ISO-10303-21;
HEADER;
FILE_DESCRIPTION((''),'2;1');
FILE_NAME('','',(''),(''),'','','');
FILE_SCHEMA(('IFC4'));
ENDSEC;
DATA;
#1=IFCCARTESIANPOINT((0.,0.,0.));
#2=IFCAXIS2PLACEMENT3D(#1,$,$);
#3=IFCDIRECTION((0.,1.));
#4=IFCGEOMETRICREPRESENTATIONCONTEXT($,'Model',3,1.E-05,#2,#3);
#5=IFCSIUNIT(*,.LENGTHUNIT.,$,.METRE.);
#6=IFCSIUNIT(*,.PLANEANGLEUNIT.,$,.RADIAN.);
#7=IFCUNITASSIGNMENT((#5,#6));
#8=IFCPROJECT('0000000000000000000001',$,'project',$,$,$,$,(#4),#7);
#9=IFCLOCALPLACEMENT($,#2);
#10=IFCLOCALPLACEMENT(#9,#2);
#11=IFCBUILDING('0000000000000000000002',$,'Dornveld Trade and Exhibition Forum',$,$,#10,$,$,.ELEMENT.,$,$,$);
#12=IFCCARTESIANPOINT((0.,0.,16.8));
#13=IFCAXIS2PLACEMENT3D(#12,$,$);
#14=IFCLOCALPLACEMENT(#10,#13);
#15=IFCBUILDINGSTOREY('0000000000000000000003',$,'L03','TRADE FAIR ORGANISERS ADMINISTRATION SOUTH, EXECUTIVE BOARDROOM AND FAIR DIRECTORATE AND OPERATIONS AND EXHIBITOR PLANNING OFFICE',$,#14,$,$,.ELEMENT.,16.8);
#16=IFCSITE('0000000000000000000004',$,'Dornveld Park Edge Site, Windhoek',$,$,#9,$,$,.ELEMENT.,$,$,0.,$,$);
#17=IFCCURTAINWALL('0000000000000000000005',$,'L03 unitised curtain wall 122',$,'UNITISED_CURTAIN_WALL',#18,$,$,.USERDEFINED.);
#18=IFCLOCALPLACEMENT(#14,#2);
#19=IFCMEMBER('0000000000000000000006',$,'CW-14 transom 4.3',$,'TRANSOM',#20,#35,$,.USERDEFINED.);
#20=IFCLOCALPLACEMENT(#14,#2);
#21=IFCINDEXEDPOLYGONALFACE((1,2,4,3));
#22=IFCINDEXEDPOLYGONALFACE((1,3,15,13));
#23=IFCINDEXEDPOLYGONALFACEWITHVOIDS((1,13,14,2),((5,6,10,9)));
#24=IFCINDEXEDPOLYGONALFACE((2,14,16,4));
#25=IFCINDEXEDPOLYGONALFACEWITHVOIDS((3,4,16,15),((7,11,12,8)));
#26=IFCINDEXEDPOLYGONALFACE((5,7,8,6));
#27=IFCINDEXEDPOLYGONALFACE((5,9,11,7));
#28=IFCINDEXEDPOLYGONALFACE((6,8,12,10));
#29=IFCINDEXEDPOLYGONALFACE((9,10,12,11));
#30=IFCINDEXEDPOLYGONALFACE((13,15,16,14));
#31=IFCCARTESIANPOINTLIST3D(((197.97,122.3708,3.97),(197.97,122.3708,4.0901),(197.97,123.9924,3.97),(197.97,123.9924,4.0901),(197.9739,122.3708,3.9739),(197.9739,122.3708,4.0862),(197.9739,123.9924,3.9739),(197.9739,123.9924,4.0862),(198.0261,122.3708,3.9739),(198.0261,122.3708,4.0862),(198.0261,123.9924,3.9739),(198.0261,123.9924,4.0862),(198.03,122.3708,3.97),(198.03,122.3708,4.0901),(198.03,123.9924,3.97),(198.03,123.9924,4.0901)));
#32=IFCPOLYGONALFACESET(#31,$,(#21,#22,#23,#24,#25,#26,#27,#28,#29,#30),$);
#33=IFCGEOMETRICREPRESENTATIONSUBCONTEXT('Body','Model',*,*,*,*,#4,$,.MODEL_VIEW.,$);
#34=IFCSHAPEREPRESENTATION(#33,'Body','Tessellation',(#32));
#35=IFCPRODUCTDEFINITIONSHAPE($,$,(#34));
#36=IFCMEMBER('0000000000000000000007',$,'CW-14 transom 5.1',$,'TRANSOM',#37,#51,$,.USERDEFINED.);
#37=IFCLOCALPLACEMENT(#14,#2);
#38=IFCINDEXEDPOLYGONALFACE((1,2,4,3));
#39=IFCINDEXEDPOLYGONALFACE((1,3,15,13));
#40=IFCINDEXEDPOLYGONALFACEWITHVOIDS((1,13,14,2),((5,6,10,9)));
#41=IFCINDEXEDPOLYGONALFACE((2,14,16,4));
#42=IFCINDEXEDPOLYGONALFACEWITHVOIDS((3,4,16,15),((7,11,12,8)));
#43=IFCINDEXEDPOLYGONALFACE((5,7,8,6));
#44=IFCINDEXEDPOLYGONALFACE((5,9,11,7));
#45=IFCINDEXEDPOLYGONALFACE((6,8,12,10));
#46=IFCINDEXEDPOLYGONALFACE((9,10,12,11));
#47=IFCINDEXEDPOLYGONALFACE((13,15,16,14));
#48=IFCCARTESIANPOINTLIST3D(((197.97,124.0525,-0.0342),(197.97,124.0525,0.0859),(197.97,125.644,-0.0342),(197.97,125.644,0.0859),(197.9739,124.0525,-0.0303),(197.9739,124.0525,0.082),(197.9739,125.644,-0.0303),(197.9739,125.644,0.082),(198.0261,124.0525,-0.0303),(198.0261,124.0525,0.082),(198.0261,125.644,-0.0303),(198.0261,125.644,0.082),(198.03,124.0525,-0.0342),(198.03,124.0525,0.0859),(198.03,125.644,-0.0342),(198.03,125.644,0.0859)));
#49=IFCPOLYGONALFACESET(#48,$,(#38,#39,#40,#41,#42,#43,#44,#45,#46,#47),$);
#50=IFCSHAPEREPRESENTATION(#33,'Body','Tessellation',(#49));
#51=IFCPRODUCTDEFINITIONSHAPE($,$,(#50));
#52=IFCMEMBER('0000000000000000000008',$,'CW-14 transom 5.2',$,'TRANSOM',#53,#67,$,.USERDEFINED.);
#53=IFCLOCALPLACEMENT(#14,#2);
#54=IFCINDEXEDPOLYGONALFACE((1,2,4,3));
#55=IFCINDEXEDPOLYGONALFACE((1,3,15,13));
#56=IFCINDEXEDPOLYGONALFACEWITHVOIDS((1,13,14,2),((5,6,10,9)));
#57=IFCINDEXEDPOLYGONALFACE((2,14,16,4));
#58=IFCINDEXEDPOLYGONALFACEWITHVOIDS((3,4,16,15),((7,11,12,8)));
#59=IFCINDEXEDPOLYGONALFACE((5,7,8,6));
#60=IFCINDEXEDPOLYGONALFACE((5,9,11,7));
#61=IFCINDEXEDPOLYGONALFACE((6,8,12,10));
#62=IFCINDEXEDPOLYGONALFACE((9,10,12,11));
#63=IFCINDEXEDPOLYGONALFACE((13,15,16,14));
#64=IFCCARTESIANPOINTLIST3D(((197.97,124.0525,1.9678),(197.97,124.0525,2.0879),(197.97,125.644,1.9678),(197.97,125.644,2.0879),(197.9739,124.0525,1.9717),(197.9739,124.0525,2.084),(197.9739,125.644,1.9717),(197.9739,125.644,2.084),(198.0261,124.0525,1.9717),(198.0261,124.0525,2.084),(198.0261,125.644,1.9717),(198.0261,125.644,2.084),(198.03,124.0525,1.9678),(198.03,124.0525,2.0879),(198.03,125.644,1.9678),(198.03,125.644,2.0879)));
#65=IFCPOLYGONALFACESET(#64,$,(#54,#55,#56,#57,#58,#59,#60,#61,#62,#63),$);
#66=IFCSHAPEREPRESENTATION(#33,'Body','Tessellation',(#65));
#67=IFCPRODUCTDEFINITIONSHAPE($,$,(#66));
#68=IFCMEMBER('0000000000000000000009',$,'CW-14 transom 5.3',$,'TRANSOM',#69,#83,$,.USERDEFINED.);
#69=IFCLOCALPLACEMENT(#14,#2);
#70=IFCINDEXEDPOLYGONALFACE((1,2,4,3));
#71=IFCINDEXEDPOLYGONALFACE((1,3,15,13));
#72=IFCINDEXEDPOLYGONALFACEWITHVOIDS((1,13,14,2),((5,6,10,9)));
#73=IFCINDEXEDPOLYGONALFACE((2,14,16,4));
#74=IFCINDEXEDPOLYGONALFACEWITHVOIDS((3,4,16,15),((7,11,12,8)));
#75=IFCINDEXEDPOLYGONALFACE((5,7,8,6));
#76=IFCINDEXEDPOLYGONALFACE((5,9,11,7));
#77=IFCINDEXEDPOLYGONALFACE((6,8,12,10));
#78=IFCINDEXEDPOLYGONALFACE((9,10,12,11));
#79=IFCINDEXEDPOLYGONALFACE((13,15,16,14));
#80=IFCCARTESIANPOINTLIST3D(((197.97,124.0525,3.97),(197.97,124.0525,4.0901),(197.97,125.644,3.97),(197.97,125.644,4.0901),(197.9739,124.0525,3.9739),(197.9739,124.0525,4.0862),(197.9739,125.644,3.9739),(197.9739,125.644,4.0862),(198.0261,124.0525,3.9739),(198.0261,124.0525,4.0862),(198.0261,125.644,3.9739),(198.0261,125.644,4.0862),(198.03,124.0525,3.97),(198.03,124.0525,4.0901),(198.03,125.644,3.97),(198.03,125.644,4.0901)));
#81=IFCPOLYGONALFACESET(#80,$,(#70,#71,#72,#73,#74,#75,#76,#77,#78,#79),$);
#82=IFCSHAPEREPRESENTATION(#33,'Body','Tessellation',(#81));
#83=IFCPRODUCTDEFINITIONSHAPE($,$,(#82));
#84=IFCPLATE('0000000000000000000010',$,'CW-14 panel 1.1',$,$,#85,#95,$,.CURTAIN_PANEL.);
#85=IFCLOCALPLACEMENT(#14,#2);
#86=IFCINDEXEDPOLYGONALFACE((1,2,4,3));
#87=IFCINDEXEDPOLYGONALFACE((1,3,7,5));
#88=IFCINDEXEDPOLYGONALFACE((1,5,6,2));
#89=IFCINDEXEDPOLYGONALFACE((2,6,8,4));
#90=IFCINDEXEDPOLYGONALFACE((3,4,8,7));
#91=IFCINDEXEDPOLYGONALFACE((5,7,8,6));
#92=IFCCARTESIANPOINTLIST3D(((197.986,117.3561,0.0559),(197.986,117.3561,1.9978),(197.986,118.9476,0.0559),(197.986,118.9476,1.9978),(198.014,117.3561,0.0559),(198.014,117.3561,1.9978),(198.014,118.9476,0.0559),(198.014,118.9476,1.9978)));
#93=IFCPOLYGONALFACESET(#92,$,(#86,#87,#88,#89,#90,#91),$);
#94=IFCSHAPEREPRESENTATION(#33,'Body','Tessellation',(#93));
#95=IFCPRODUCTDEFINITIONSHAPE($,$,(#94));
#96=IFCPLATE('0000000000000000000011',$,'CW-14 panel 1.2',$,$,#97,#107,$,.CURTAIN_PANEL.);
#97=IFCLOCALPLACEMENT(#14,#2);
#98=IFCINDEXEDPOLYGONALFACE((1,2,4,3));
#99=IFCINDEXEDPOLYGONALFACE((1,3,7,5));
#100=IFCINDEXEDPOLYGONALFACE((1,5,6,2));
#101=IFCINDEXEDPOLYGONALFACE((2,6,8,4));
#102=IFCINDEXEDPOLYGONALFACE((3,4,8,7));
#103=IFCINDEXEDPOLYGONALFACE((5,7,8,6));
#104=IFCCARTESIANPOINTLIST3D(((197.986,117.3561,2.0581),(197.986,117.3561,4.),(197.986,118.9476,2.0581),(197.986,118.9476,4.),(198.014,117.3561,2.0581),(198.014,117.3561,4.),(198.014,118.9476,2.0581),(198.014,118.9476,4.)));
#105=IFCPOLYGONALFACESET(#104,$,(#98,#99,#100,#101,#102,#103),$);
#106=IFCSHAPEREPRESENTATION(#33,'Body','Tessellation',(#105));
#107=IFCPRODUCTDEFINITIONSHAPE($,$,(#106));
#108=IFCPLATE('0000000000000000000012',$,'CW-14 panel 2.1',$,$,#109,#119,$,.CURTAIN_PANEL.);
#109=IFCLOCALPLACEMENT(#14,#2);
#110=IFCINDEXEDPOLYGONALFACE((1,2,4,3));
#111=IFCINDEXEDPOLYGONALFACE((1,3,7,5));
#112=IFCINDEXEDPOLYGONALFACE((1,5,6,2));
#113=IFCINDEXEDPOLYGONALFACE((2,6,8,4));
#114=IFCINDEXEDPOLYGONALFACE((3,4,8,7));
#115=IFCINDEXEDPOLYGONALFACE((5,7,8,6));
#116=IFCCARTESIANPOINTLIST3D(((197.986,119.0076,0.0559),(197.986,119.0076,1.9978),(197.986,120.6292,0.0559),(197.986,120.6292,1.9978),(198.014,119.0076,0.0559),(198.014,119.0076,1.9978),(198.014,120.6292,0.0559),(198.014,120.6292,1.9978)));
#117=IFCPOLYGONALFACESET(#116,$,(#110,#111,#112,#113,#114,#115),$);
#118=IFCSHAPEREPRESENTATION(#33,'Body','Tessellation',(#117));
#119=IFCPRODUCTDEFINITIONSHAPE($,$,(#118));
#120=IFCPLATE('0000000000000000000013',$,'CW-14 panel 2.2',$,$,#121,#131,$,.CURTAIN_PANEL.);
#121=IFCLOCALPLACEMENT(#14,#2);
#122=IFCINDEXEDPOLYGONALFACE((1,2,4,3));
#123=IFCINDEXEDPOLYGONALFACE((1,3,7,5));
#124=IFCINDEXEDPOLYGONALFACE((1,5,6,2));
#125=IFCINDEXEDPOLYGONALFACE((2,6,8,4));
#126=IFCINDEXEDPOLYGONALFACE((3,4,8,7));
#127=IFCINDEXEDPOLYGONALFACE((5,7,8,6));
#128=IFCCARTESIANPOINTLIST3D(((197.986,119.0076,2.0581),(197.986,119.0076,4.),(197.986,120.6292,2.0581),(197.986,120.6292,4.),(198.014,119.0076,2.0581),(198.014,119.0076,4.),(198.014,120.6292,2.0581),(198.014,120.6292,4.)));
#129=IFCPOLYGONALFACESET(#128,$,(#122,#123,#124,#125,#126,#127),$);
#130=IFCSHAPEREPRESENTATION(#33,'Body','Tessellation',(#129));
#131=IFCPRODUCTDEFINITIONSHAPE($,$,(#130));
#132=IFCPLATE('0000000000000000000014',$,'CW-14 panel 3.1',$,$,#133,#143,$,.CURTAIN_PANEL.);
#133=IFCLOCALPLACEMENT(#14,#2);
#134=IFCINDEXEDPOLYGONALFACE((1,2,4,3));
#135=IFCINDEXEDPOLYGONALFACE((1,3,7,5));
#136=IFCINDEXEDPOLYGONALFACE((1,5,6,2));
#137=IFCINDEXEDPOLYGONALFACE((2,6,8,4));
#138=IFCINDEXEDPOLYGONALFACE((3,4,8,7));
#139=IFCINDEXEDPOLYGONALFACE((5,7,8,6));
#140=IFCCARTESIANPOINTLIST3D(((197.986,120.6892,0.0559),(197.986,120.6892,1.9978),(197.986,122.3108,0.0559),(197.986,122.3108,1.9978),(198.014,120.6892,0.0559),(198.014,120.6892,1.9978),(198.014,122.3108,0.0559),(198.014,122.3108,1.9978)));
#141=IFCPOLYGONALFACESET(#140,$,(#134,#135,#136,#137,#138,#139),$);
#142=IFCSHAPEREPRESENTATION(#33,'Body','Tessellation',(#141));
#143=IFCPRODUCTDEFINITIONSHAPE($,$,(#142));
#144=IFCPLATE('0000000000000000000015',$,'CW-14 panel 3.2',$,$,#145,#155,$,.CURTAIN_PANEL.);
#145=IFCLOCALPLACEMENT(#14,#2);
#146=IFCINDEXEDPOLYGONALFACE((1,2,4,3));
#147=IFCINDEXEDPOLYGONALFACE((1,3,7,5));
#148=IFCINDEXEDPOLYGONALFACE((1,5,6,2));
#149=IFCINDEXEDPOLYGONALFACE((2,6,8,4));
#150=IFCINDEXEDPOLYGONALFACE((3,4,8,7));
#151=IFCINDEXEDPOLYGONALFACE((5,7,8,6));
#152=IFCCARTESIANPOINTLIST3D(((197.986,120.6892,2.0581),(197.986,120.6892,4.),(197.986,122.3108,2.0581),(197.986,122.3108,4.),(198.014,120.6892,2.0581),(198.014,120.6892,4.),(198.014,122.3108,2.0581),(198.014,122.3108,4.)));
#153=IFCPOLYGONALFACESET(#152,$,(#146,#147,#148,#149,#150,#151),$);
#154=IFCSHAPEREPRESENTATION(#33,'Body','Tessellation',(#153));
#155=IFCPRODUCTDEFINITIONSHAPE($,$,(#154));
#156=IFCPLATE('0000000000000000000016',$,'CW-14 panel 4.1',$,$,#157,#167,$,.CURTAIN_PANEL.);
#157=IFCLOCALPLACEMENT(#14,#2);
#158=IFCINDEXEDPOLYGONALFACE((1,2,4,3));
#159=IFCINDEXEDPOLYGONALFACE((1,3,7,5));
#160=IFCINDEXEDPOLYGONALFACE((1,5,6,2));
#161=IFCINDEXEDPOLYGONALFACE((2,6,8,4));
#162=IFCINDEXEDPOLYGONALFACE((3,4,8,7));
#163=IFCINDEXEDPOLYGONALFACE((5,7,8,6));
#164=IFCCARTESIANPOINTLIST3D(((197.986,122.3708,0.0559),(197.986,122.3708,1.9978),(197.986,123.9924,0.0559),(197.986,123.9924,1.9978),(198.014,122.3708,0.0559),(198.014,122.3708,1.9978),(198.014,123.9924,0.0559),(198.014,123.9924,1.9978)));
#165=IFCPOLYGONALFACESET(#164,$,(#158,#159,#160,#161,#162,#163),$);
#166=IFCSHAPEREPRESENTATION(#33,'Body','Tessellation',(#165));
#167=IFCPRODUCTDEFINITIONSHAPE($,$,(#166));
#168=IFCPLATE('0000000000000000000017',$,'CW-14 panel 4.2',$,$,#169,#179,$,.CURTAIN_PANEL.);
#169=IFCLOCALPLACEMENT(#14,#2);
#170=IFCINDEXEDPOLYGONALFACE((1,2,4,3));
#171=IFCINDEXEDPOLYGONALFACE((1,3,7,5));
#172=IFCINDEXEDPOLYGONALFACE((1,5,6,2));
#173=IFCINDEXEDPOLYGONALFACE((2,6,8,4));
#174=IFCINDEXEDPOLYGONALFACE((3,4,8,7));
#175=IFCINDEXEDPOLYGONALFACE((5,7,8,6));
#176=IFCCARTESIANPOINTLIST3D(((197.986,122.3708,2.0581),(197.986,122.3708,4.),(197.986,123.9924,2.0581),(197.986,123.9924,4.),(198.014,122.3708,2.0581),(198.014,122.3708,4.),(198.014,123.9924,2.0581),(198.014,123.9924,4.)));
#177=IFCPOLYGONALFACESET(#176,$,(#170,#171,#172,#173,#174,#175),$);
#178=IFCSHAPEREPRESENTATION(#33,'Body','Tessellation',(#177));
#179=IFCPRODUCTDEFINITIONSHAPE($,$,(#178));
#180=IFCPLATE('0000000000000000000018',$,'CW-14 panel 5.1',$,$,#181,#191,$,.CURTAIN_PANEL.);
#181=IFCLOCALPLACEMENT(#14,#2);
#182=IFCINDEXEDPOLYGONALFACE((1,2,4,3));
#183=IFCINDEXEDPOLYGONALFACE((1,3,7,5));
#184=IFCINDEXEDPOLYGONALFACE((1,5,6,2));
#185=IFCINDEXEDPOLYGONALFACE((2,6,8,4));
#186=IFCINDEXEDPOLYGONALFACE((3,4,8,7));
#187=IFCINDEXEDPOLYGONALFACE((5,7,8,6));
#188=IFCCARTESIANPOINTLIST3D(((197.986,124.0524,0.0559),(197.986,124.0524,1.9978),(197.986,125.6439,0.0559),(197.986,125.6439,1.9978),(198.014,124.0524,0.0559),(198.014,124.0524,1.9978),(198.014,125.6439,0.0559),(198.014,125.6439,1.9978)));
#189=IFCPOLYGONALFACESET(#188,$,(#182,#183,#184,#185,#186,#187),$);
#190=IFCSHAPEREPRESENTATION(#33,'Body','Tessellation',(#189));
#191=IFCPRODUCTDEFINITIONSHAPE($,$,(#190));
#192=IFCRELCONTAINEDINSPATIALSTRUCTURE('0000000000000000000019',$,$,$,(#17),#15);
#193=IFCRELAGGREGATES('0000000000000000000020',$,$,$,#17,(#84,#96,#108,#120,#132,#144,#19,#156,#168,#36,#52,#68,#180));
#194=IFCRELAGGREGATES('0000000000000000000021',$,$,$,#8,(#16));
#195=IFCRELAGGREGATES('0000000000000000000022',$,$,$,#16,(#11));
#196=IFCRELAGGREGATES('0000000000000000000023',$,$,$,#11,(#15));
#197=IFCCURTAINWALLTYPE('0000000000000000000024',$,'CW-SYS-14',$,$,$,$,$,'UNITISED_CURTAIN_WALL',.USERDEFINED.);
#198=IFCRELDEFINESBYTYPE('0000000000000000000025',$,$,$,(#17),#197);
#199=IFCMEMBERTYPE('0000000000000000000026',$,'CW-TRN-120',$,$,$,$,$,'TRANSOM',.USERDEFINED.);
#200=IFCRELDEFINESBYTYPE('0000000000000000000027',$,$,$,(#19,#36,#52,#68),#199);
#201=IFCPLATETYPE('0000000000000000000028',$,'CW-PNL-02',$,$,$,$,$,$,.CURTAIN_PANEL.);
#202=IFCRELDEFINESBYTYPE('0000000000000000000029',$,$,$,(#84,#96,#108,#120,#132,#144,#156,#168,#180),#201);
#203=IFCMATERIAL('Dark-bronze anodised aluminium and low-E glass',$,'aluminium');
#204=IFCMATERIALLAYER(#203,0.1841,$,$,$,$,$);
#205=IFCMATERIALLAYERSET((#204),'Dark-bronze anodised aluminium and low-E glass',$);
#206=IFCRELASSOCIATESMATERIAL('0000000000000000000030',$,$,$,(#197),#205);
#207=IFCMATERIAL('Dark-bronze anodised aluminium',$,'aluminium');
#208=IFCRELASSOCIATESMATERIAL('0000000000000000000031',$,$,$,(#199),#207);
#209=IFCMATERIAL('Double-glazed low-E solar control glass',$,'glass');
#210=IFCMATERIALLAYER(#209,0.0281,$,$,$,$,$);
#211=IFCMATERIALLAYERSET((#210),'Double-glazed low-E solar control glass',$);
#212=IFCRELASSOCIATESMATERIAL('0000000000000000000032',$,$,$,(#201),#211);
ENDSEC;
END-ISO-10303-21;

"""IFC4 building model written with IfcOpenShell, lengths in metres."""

from ifc_helpers import new_model, si_unit, direction, frame, origin, origin_2d, place, context, subcontext, project, spatial, rectangle, hollow_rectangle, extrude, material, layer, layer_set, material_profile, profile_set, type_object, element, aggregate, save


model = new_model("IFC4")

# Units and contexts
model_context = context("Model", 3, precision=1e-05, world=origin(), true_north=direction((0.0, 1.0)))
body_context = subcontext(model_context, "Body", "Model", "MODEL_VIEW")
ifc_project = project(units=[si_unit("LENGTHUNIT", "METRE"), si_unit("PLANEANGLEUNIT", "RADIAN")], contexts=[model_context])

# Site, building, storey
site_placement = place(None, origin())
site = spatial("IfcSite", under=ifc_project, at=site_placement, Name="Dornveld Park Edge Site, Windhoek", CompositionType="ELEMENT", RefElevation=0.0)
building_placement = place(site_placement, origin())
building = spatial("IfcBuilding", under=site, at=building_placement, Name="Dornveld Trade and Exhibition Forum", CompositionType="ELEMENT")
storey_placement = place(building_placement, frame((0.0, 0.0, 16.8)))
storey = spatial("IfcBuildingStorey", under=building, at=storey_placement, Name="L03", Description="TRADE FAIR ORGANISERS ADMINISTRATION SOUTH, EXECUTIVE BOARDROOM AND FAIR DIRECTORATE AND OPERATIONS AND EXHIBITOR PLANNING OFFICE", CompositionType="ELEMENT", Elevation=16.8)

# Curtain wall, members, plates
ifc_material_1 = material(Name="Dark-bronze anodised aluminium and low-E glass", Category="aluminium")
ifc_layer_1 = layer(ifc_material_1, 0.1841)
ifc_layer_set_1 = layer_set([ifc_layer_1], Name="Dark-bronze anodised aluminium and low-E glass")
curtain_wall_type = type_object("IfcCurtainWallType", Name="CW-SYS-14", ElementType="UNITISED_CURTAIN_WALL", PredefinedType="USERDEFINED", material=ifc_layer_set_1)
curtain_wall_placement = place(storey_placement, origin())
curtain_wall = element("IfcCurtainWall", 1, at=curtain_wall_placement, inside=storey, type_object=curtain_wall_type, Name="L03 unitised curtain wall 122", ObjectType="UNITISED_CURTAIN_WALL", PredefinedType="USERDEFINED")
ifc_material_2 = material(Name="Dark-bronze anodised aluminium", Category="aluminium")
ifc_material_profile_1 = material_profile(ifc_material_2, hollow_rectangle(XDim=0.0601, YDim=0.1201, WallThickness=0.0039, at=origin_2d()), Name="RHS 120x60x4")
ifc_profile_set_1 = profile_set([ifc_material_profile_1], Name="Dark-bronze anodised aluminium")
member_type_1 = type_object("IfcMemberType", Name="CW-TRN-120", ElementType="TRANSOM", PredefinedType="USERDEFINED", material=ifc_profile_set_1)
member_1_placement = place(storey_placement, frame((198.0, 122.3708, 4.03), z_axis=(0.0, 1.0, 0.0), x_axis=(-1.0, 0.0, 0.0)))
member_1 = element("IfcMember", 2, at=member_1_placement, type_object=member_type_1, Name="CW-14 transom 4.3", ObjectType="TRANSOM", PredefinedType="USERDEFINED", context=body_context, shape_type="SweptSolid", body=[
    extrude(hollow_rectangle(XDim=0.0601, YDim=0.1201, WallThickness=0.0039, at=origin_2d()), origin(), (0.0, 0.0, 1.0), 1.6216),
])
member_2_placement = place(storey_placement, frame((198.0, 124.0525, 0.0259), z_axis=(0.0, 1.0, 0.0), x_axis=(-1.0, 0.0, 0.0)))
member_2 = element("IfcMember", 3, at=member_2_placement, type_object=member_type_1, Name="CW-14 transom 5.1", ObjectType="TRANSOM", PredefinedType="USERDEFINED", context=body_context, shape_type="SweptSolid", body=[
    extrude(hollow_rectangle(XDim=0.0601, YDim=0.1201, WallThickness=0.0039, at=origin_2d()), origin(), (0.0, 0.0, 1.0), 1.5916),
])
member_3_placement = place(storey_placement, frame((198.0, 124.0525, 2.0278), z_axis=(0.0, 1.0, 0.0), x_axis=(-1.0, 0.0, 0.0)))
member_3 = element("IfcMember", 4, at=member_3_placement, type_object=member_type_1, Name="CW-14 transom 5.2", ObjectType="TRANSOM", PredefinedType="USERDEFINED", context=body_context, shape_type="SweptSolid", body=[
    extrude(hollow_rectangle(XDim=0.0601, YDim=0.1201, WallThickness=0.0039, at=origin_2d()), origin(), (0.0, 0.0, 1.0), 1.5916),
])
member_4_placement = place(storey_placement, frame((198.0, 124.0525, 4.03), z_axis=(0.0, 1.0, 0.0), x_axis=(-1.0, 0.0, 0.0)))
member_4 = element("IfcMember", 5, at=member_4_placement, type_object=member_type_1, Name="CW-14 transom 5.3", ObjectType="TRANSOM", PredefinedType="USERDEFINED", context=body_context, shape_type="SweptSolid", body=[
    extrude(hollow_rectangle(XDim=0.0601, YDim=0.1201, WallThickness=0.0039, at=origin_2d()), origin(), (0.0, 0.0, 1.0), 1.5916),
])
ifc_material_3 = material(Name="Double-glazed low-E solar control glass", Category="glass")
ifc_layer_2 = layer(ifc_material_3, 0.0281)
ifc_layer_set_2 = layer_set([ifc_layer_2], Name="Double-glazed low-E solar control glass")
plate_type = type_object("IfcPlateType", Name="CW-PNL-02", PredefinedType="CURTAIN_PANEL", material=ifc_layer_set_2)
plate_1_placement = place(storey_placement, frame((198.0, 118.1519, 0.0559), z_axis=(0.0, 0.0, 1.0), x_axis=(0.0, 1.0, 0.0)))
plate_1 = element("IfcPlate", 6, at=plate_1_placement, type_object=plate_type, Name="CW-14 panel 1.1", PredefinedType="CURTAIN_PANEL", context=body_context, shape_type="SweptSolid", body=[
    extrude(rectangle(XDim=1.5916, YDim=0.0281, at=origin_2d()), origin(), (0.0, 0.0, 1.0), 1.9419),
])
plate_2_placement = place(storey_placement, frame((198.0, 118.1519, 2.0581), z_axis=(0.0, 0.0, 1.0), x_axis=(0.0, 1.0, 0.0)))
plate_2 = element("IfcPlate", 7, at=plate_2_placement, type_object=plate_type, Name="CW-14 panel 1.2", PredefinedType="CURTAIN_PANEL", context=body_context, shape_type="SweptSolid", body=[
    extrude(rectangle(XDim=1.5916, YDim=0.0281, at=origin_2d()), origin(), (0.0, 0.0, 1.0), 1.9419),
])
plate_3_placement = place(storey_placement, frame((198.0, 119.8184, 0.0559), z_axis=(0.0, 0.0, 1.0), x_axis=(0.0, 1.0, 0.0)))
plate_3 = element("IfcPlate", 8, at=plate_3_placement, type_object=plate_type, Name="CW-14 panel 2.1", PredefinedType="CURTAIN_PANEL", context=body_context, shape_type="SweptSolid", body=[
    extrude(rectangle(XDim=1.6216, YDim=0.0281, at=origin_2d()), origin(), (0.0, 0.0, 1.0), 1.9419),
])
plate_4_placement = place(storey_placement, frame((198.0, 119.8184, 2.0581), z_axis=(0.0, 0.0, 1.0), x_axis=(0.0, 1.0, 0.0)))
plate_4 = element("IfcPlate", 9, at=plate_4_placement, type_object=plate_type, Name="CW-14 panel 2.2", PredefinedType="CURTAIN_PANEL", context=body_context, shape_type="SweptSolid", body=[
    extrude(rectangle(XDim=1.6216, YDim=0.0281, at=origin_2d()), origin(), (0.0, 0.0, 1.0), 1.9419),
])
plate_5_placement = place(storey_placement, frame((198.0, 121.5, 0.0559), z_axis=(0.0, 0.0, 1.0), x_axis=(0.0, 1.0, 0.0)))
plate_5 = element("IfcPlate", 10, at=plate_5_placement, type_object=plate_type, Name="CW-14 panel 3.1", PredefinedType="CURTAIN_PANEL", context=body_context, shape_type="SweptSolid", body=[
    extrude(rectangle(XDim=1.6216, YDim=0.0281, at=origin_2d()), origin(), (0.0, 0.0, 1.0), 1.9419),
])
plate_6_placement = place(storey_placement, frame((198.0, 121.5, 2.0581), z_axis=(0.0, 0.0, 1.0), x_axis=(0.0, 1.0, 0.0)))
plate_6 = element("IfcPlate", 11, at=plate_6_placement, type_object=plate_type, Name="CW-14 panel 3.2", PredefinedType="CURTAIN_PANEL", context=body_context, shape_type="SweptSolid", body=[
    extrude(rectangle(XDim=1.6216, YDim=0.0281, at=origin_2d()), origin(), (0.0, 0.0, 1.0), 1.9419),
])
plate_7_placement = place(storey_placement, frame((198.0, 123.1816, 0.0559), z_axis=(0.0, 0.0, 1.0), x_axis=(0.0, 1.0, 0.0)))
plate_7 = element("IfcPlate", 12, at=plate_7_placement, type_object=plate_type, Name="CW-14 panel 4.1", PredefinedType="CURTAIN_PANEL", context=body_context, shape_type="SweptSolid", body=[
    extrude(rectangle(XDim=1.6216, YDim=0.0281, at=origin_2d()), origin(), (0.0, 0.0, 1.0), 1.9419),
])
plate_8_placement = place(storey_placement, frame((198.0, 123.1816, 2.0581), z_axis=(0.0, 0.0, 1.0), x_axis=(0.0, 1.0, 0.0)))
plate_8 = element("IfcPlate", 13, at=plate_8_placement, type_object=plate_type, Name="CW-14 panel 4.2", PredefinedType="CURTAIN_PANEL", context=body_context, shape_type="SweptSolid", body=[
    extrude(rectangle(XDim=1.6216, YDim=0.0281, at=origin_2d()), origin(), (0.0, 0.0, 1.0), 1.9419),
])
plate_9_placement = place(storey_placement, frame((198.0, 124.8481, 0.0559), z_axis=(0.0, 0.0, 1.0), x_axis=(0.0, 1.0, 0.0)))
plate_9 = element("IfcPlate", 14, at=plate_9_placement, type_object=plate_type, Name="CW-14 panel 5.1", PredefinedType="CURTAIN_PANEL", context=body_context, shape_type="SweptSolid", body=[
    extrude(rectangle(XDim=1.5916, YDim=0.0281, at=origin_2d()), origin(), (0.0, 0.0, 1.0), 1.9419),
])
aggregate(curtain_wall, [plate_1, plate_2, plate_3, plate_4, plate_5, plate_6, member_1, plate_7, plate_8, member_2, member_3, member_4, plate_9])

save(model, "model.ifc")
